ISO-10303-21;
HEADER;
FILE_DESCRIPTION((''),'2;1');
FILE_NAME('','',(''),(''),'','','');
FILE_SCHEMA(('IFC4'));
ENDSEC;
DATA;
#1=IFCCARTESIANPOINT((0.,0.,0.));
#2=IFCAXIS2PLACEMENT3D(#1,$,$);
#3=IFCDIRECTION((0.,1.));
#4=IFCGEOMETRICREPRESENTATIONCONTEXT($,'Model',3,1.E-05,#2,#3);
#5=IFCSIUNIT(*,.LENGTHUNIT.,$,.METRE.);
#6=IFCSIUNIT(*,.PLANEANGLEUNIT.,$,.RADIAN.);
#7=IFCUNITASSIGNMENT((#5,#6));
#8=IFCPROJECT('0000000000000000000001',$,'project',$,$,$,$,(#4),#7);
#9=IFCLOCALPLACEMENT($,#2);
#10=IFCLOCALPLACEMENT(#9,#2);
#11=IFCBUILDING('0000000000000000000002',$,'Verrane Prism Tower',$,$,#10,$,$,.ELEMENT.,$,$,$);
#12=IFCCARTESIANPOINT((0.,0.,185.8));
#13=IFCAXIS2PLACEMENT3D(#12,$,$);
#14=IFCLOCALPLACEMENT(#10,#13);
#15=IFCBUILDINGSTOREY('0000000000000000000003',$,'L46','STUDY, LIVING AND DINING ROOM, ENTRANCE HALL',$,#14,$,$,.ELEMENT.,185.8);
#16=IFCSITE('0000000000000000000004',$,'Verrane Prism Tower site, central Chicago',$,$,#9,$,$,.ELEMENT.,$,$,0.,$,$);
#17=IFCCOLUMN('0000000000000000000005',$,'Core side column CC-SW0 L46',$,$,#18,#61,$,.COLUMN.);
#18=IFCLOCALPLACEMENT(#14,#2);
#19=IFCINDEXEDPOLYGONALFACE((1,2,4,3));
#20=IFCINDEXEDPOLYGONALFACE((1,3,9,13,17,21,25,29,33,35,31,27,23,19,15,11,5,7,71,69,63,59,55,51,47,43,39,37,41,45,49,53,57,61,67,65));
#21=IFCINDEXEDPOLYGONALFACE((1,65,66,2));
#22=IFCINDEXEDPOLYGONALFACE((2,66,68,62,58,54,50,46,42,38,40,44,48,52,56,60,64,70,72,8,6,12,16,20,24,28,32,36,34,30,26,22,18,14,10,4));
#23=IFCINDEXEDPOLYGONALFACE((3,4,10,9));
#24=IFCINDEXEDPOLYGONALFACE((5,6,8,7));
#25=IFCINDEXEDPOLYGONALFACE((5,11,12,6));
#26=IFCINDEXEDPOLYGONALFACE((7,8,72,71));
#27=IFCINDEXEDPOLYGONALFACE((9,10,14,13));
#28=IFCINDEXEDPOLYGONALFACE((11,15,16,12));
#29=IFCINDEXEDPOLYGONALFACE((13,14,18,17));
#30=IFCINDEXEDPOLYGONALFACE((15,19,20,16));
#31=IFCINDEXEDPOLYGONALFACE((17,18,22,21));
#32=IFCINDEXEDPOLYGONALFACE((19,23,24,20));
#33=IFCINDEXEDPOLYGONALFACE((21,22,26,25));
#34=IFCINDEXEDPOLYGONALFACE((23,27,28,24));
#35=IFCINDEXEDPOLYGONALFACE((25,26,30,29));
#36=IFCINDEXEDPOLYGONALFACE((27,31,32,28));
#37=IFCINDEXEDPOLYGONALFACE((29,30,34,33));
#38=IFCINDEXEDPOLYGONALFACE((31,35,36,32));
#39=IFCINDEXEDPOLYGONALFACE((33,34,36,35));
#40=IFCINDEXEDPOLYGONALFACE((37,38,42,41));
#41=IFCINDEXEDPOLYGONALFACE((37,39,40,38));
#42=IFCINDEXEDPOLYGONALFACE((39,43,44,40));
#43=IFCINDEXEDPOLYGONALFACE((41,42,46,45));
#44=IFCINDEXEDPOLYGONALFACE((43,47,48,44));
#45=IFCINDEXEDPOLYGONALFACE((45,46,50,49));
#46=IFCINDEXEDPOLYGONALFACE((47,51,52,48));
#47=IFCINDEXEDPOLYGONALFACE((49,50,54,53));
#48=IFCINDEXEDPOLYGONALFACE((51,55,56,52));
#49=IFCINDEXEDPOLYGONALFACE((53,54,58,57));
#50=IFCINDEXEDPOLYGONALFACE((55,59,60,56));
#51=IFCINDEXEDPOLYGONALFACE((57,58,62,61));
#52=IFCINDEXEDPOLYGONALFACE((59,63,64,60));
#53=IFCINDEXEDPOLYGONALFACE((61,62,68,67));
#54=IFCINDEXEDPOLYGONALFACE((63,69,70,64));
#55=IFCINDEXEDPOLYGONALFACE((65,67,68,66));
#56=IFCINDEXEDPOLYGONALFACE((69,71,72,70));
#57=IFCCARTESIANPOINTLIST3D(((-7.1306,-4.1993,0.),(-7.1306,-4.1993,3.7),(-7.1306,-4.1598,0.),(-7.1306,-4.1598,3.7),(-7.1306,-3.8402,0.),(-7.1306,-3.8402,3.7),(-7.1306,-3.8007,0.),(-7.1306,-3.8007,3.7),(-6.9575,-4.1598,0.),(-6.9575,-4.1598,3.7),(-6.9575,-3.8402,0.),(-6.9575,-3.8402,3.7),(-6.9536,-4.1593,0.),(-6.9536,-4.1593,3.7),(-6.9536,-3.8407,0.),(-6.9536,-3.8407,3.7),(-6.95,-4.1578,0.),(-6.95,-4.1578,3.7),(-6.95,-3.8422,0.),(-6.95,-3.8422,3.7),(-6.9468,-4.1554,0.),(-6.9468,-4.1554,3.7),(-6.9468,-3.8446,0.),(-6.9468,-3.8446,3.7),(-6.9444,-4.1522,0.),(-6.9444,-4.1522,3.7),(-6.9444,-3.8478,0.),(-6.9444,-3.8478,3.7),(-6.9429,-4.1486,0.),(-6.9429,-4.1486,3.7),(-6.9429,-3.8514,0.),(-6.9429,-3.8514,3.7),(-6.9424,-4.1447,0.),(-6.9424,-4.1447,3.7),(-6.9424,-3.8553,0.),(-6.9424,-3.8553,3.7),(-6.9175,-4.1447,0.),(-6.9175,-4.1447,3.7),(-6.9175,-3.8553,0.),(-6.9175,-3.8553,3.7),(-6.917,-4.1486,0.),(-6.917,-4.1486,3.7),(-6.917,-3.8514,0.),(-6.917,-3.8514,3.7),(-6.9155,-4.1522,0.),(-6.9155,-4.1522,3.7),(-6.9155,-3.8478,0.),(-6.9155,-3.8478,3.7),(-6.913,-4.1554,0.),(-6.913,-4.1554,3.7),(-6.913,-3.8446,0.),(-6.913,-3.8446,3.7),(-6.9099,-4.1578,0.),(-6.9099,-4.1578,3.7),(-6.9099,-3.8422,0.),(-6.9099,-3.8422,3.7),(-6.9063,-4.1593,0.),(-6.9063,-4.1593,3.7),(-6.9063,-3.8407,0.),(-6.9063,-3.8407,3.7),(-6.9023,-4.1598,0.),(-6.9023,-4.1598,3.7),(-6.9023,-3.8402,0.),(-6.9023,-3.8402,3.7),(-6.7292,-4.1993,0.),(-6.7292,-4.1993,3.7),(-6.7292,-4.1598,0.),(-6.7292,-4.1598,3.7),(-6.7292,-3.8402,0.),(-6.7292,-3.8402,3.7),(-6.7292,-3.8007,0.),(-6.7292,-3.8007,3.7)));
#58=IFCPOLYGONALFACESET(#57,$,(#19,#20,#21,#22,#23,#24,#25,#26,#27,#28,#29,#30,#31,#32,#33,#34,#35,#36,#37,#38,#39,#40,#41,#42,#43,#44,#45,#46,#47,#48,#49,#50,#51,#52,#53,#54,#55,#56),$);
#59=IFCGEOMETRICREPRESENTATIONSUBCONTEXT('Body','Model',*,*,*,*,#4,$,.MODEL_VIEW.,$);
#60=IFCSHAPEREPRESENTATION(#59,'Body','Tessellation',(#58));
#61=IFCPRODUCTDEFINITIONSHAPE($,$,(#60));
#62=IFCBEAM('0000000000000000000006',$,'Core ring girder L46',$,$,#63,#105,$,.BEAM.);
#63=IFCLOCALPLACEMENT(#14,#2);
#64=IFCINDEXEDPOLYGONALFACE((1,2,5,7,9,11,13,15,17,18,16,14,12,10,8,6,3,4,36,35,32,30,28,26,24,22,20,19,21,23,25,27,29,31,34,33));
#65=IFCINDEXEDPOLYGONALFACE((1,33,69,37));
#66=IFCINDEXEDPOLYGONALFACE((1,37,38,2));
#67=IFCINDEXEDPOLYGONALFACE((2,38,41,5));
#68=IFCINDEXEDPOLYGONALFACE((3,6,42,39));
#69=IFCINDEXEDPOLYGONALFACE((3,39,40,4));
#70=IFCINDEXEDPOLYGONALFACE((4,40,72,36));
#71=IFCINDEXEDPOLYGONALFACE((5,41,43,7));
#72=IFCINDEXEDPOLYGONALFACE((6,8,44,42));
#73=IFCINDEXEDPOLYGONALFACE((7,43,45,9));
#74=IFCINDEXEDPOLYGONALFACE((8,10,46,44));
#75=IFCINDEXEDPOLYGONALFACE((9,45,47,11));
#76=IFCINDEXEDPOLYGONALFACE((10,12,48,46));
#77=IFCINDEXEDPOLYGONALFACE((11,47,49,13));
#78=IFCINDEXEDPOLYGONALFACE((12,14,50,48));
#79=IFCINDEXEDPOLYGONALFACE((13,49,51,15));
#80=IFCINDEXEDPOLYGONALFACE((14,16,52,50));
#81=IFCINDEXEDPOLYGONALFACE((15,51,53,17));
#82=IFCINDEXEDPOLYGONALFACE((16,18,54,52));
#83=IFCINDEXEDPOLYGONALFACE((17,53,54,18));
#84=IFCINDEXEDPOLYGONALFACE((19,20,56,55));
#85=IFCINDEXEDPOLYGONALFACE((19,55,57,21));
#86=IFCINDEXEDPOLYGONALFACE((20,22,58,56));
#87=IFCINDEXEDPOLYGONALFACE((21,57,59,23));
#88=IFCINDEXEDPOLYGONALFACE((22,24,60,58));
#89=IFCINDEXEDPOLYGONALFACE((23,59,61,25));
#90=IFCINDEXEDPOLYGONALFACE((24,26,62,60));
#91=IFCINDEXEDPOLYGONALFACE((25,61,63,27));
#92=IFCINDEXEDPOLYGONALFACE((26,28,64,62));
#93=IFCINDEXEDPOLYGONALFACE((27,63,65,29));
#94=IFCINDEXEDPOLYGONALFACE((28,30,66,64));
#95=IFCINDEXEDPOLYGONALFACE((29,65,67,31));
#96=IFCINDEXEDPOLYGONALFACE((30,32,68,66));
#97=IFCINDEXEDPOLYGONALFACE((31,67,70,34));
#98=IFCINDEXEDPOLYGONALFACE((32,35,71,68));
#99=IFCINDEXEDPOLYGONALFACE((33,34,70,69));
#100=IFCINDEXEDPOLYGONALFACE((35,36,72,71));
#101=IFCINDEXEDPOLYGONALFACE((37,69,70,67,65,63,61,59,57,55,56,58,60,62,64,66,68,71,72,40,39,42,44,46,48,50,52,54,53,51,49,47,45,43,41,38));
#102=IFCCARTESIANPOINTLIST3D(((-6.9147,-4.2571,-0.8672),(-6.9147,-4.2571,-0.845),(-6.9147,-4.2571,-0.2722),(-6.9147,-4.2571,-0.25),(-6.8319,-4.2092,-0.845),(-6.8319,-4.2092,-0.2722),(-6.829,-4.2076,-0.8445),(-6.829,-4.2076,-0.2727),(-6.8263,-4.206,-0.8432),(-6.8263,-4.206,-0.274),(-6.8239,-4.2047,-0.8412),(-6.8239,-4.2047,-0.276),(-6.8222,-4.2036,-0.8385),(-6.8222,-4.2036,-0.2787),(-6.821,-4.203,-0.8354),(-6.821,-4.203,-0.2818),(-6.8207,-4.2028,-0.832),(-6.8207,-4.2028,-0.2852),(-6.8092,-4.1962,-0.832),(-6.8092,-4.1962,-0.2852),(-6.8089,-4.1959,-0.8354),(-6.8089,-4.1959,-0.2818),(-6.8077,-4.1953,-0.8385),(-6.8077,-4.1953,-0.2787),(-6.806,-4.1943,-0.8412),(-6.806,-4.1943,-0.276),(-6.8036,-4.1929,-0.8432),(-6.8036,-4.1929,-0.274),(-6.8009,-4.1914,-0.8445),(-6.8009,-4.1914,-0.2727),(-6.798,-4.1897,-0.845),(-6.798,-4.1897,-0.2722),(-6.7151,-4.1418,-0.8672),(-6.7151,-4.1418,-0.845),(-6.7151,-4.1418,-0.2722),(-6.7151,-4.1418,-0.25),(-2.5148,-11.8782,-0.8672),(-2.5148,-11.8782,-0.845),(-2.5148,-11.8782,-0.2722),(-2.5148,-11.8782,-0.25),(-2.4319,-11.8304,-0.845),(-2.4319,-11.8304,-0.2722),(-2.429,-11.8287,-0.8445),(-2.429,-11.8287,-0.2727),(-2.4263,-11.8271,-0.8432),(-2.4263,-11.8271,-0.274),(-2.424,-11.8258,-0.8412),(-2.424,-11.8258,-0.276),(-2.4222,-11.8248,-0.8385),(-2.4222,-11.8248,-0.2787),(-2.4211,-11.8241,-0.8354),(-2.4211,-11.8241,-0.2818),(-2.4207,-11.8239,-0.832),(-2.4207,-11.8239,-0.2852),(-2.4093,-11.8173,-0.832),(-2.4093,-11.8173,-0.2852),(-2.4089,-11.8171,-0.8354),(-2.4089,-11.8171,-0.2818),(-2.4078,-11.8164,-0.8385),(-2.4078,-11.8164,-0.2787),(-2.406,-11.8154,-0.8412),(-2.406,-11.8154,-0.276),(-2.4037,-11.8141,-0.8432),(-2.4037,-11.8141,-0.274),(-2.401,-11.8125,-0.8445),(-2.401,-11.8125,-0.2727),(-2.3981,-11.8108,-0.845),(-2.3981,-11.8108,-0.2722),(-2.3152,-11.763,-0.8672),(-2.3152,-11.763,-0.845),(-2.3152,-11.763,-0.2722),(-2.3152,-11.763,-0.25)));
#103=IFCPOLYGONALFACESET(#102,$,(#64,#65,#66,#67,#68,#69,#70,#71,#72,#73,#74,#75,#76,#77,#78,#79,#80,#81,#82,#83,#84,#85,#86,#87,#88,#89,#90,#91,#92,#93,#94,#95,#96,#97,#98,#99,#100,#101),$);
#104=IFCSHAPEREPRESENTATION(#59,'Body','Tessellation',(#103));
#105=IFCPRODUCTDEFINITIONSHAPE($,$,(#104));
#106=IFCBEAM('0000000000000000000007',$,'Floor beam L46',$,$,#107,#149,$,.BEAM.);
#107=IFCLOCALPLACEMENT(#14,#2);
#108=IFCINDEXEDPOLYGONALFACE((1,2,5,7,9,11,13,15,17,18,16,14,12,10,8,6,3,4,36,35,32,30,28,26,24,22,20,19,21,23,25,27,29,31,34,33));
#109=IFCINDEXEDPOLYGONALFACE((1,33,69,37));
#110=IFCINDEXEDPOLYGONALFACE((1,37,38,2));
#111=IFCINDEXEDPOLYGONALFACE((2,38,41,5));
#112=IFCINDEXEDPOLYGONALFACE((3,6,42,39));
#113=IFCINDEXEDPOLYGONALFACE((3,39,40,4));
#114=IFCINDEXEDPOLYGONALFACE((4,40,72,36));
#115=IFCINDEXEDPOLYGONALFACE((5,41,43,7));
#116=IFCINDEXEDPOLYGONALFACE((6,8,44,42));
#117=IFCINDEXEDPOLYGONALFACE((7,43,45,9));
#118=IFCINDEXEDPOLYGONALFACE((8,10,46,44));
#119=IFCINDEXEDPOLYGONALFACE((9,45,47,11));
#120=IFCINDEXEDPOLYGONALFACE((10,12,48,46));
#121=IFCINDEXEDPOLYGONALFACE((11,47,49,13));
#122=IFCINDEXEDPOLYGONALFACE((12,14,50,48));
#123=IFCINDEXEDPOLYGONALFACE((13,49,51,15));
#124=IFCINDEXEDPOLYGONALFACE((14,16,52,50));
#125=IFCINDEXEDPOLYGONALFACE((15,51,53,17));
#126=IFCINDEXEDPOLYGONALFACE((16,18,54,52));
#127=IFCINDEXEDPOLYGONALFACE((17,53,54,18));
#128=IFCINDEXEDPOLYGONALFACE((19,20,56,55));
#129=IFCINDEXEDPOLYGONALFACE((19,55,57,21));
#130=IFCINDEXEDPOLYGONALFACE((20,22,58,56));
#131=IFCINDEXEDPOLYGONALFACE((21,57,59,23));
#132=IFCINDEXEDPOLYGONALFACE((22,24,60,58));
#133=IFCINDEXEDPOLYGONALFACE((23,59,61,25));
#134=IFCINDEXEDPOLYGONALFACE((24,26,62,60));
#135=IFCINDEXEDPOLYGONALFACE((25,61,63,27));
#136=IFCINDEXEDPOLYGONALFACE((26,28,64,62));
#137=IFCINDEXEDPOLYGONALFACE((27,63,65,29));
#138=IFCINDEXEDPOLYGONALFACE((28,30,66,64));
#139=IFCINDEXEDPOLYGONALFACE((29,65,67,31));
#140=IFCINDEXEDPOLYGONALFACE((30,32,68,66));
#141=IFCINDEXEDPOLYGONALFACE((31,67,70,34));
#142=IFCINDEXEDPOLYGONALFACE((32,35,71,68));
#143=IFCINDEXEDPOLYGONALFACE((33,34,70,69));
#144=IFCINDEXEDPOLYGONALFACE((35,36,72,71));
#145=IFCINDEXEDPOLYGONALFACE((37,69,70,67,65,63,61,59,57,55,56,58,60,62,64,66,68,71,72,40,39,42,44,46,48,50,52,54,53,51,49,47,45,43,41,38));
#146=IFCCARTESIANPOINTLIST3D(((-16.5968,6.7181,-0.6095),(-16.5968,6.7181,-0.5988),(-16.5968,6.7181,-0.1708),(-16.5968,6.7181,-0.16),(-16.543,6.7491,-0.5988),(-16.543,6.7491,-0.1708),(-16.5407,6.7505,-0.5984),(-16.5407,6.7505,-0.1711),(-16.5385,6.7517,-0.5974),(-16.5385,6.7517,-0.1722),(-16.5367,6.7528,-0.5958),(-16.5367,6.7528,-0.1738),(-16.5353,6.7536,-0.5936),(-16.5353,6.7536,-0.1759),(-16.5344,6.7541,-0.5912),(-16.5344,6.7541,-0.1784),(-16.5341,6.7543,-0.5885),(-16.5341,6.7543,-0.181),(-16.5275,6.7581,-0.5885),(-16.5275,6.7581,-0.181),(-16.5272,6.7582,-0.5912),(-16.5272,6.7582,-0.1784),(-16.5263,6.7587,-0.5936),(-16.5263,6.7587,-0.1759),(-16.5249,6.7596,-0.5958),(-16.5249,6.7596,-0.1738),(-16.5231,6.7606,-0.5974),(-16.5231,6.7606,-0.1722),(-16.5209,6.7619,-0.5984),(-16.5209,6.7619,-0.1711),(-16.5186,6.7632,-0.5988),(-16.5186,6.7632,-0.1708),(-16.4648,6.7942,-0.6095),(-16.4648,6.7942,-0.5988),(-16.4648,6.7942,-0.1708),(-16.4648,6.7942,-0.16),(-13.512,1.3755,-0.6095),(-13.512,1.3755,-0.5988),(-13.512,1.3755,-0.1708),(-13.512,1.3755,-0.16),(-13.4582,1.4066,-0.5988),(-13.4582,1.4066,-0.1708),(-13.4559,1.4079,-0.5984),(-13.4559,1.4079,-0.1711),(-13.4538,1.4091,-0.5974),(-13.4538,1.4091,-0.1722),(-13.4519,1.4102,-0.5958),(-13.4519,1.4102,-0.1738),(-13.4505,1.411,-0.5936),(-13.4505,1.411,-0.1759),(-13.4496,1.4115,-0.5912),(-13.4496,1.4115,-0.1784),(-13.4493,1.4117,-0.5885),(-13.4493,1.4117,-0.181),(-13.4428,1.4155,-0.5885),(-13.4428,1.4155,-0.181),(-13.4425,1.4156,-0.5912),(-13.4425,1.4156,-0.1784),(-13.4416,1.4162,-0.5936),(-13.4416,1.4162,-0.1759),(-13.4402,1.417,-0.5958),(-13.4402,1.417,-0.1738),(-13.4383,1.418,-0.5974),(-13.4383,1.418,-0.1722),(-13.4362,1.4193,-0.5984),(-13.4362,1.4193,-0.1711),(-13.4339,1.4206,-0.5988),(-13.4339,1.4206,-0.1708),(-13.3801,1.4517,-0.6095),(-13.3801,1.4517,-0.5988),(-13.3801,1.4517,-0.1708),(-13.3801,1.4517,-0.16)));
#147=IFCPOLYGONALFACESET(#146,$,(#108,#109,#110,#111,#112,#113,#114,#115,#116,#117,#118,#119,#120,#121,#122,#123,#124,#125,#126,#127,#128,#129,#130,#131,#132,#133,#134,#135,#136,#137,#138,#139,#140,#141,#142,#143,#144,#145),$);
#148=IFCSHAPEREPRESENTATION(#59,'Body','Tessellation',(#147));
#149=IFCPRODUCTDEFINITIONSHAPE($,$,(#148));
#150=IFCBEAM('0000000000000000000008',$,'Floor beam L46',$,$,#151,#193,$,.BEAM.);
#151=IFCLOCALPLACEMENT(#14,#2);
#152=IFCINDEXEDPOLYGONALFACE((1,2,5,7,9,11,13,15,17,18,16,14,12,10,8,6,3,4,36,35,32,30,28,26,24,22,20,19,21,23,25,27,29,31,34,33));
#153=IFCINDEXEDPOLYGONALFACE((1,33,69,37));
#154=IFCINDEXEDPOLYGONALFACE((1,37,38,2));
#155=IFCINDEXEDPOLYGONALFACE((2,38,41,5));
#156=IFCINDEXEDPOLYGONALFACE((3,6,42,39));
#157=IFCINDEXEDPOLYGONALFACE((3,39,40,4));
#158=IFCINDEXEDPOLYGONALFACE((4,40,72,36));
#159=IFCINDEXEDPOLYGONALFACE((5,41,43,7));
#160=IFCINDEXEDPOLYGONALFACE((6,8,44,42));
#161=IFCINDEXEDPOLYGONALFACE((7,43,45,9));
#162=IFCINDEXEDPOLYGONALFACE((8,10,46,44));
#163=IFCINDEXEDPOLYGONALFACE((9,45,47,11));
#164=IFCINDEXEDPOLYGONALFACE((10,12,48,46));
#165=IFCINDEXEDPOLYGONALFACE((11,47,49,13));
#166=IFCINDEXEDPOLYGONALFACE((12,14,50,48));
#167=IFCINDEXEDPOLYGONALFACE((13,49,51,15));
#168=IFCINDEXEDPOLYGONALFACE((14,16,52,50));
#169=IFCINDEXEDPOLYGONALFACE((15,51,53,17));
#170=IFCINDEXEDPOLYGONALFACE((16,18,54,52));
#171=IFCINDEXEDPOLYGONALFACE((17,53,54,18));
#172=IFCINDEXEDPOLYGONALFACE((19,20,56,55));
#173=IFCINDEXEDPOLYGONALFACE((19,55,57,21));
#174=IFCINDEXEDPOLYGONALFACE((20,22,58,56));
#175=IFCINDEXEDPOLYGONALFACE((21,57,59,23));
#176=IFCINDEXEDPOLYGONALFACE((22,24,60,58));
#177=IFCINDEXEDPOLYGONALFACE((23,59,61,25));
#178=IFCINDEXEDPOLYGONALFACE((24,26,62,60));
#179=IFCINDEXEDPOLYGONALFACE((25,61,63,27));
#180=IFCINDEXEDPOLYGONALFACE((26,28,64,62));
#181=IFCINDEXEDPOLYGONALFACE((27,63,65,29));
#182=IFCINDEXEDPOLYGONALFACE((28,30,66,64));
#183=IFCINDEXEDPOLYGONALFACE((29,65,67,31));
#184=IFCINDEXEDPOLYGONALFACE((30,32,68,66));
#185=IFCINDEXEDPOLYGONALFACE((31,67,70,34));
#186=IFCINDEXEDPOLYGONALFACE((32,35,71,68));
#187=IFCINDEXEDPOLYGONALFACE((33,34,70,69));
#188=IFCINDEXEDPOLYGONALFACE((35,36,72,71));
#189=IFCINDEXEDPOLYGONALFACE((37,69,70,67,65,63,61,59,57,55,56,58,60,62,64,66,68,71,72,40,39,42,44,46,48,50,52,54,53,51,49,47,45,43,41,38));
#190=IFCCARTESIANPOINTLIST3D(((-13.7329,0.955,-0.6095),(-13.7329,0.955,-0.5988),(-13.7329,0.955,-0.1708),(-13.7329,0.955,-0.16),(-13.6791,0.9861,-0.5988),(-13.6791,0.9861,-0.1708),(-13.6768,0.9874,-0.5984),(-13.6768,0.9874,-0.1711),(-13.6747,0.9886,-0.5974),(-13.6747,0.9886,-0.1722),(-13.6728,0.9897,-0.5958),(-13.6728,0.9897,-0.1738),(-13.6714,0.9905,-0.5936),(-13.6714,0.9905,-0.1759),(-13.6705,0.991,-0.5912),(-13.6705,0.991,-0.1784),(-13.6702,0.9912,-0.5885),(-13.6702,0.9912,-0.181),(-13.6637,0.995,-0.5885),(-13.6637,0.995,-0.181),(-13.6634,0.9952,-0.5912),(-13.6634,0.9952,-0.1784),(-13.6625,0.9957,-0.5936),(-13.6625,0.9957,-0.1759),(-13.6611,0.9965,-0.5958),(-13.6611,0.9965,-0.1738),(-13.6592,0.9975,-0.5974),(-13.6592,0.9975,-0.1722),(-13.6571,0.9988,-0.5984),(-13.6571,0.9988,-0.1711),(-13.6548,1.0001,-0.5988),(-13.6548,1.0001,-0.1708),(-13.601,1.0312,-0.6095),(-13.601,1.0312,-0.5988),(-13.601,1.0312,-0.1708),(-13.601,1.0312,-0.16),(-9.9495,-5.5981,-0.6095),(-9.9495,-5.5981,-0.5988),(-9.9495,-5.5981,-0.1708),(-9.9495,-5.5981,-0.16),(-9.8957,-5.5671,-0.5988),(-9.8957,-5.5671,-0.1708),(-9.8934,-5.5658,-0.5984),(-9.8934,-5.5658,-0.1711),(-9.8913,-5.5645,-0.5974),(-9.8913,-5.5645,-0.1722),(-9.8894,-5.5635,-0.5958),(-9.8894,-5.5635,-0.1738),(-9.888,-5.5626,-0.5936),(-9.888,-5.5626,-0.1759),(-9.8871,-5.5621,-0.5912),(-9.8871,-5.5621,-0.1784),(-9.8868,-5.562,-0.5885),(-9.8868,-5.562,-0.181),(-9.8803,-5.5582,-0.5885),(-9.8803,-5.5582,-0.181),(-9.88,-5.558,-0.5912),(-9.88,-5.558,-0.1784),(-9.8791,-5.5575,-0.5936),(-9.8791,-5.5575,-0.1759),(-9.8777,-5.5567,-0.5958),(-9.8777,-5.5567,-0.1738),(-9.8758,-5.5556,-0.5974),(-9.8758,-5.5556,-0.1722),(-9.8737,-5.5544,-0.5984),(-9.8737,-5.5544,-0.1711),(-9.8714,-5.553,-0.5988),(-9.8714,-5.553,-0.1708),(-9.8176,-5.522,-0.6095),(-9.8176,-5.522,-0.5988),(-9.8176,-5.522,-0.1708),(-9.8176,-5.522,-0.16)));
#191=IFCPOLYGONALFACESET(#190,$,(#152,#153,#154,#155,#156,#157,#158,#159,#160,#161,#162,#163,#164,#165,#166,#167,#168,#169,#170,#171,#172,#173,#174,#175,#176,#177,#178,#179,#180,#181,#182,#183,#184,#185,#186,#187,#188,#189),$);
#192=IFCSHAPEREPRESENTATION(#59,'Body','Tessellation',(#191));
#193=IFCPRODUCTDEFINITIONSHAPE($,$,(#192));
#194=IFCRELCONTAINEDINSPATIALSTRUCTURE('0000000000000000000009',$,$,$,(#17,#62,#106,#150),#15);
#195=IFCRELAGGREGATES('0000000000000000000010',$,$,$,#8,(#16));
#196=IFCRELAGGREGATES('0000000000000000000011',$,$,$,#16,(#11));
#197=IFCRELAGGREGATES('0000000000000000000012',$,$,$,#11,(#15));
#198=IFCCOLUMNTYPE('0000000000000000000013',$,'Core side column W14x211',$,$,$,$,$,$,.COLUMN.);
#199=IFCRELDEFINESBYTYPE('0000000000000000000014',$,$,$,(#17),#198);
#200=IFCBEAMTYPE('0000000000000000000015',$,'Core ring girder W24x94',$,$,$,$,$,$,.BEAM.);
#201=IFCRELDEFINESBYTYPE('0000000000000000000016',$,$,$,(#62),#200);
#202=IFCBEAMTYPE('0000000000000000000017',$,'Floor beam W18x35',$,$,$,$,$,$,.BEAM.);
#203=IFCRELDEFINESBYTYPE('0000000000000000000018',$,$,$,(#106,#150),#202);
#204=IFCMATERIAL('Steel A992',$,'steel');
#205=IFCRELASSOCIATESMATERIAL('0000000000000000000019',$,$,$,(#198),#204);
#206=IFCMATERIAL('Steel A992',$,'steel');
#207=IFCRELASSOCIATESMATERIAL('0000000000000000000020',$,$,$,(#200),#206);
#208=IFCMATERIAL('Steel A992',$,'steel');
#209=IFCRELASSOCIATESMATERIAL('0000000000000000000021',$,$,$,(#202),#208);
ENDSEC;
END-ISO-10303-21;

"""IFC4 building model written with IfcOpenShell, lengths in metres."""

from ifc_helpers import new_model, si_unit, direction, frame, origin, origin_2d, place, context, subcontext, project, spatial, i_section, extrude, material, material_profile, profile_set, type_object, element, save


model = new_model("IFC4")

# Units and contexts
model_context = context("Model", 3, precision=1e-05, world=origin(), true_north=direction((0.0, 1.0)))
body_context = subcontext(model_context, "Body", "Model", "MODEL_VIEW")
ifc_project = project(units=[si_unit("LENGTHUNIT", "METRE"), si_unit("PLANEANGLEUNIT", "RADIAN")], contexts=[model_context])

# Site, building, storey
site_placement = place(None, origin())
site = spatial("IfcSite", under=ifc_project, at=site_placement, Name="Verrane Prism Tower site, central Chicago", CompositionType="ELEMENT", RefElevation=0.0)
building_placement = place(site_placement, origin())
building = spatial("IfcBuilding", under=site, at=building_placement, Name="Verrane Prism Tower", CompositionType="ELEMENT")
storey_placement = place(building_placement, frame((0.0, 0.0, 185.8)))
storey = spatial("IfcBuildingStorey", under=building, at=storey_placement, Name="L46", Description="STUDY, LIVING AND DINING ROOM, ENTRANCE HALL", CompositionType="ELEMENT", Elevation=185.8)

# Column
ifc_material_1 = material(Name="Steel A992", Category="steel")
ifc_material_profile_1 = material_profile(ifc_material_1, i_section(OverallWidth=0.4014, OverallDepth=0.3987, WebThickness=0.0249, FlangeThickness=0.0396, FilletRadius=0.0151, at=origin_2d()), Name="W14x211")
ifc_profile_set_1 = profile_set([ifc_material_profile_1], Name="Steel A992")
column_type = type_object("IfcColumnType", Name="Core side column W14x211", PredefinedType="COLUMN", material=ifc_profile_set_1)
column_placement = place(storey_placement, frame((-6.9299, -4.0, 0.0), z_axis=(0.0, 0.0, 1.0), x_axis=(1.0, 0.0, 0.0)))
element("IfcColumn", 1, at=column_placement, inside=storey, type_object=column_type, Name="Core side column CC-SW0 L46", PredefinedType="COLUMN", context=body_context, shape_type="SweptSolid", body=[
    extrude(i_section(OverallWidth=0.4014, OverallDepth=0.3987, WebThickness=0.0249, FlangeThickness=0.0396, FilletRadius=0.0151, at=origin_2d()), origin(), (0.0, 0.0, 1.0), 3.7),
])

# Beams
ifc_material_2 = material(Name="Steel A992", Category="steel")
ifc_material_profile_2 = material_profile(ifc_material_2, i_section(OverallWidth=0.2305, OverallDepth=0.6172, WebThickness=0.0132, FlangeThickness=0.0222, FilletRadius=0.0129, at=origin_2d()), Name="W24x94")
ifc_profile_set_2 = profile_set([ifc_material_profile_2], Name="Steel A992")
beam_type_1 = type_object("IfcBeamType", Name="Core ring girder W24x94", PredefinedType="BEAM", material=ifc_profile_set_2)
beam_1_placement = place(storey_placement, frame((-6.8149, -4.1995, -0.5586), z_axis=(0.499988, -0.866032, 0.0), x_axis=(0.866032, 0.499988, 0.0)))
element("IfcBeam", 2, at=beam_1_placement, inside=storey, type_object=beam_type_1, Name="Core ring girder L46", PredefinedType="BEAM", context=body_context, shape_type="SweptSolid", body=[
    extrude(i_section(OverallWidth=0.2305, OverallDepth=0.6172, WebThickness=0.0132, FlangeThickness=0.0222, FilletRadius=0.0129, at=origin_2d()), origin(), (0.0, 0.0, 1.0), 8.8),
])
ifc_material_3 = material(Name="Steel A992", Category="steel")
ifc_material_profile_3 = material_profile(ifc_material_3, i_section(OverallWidth=0.1523, OverallDepth=0.4495, WebThickness=0.0076, FlangeThickness=0.0107, FilletRadius=0.0103, at=origin_2d()), Name="W18x35")
ifc_profile_set_3 = profile_set([ifc_material_profile_3], Name="Steel A992")
beam_type_2 = type_object("IfcBeamType", Name="Floor beam W18x35", PredefinedType="BEAM", material=ifc_profile_set_3)
beam_2_placement = place(storey_placement, frame((-13.446, 1.4136, -0.3848), z_axis=(-0.500025, 0.866011, 0.0), x_axis=(-0.866011, -0.500025, 0.0)))
element("IfcBeam", 3, at=beam_2_placement, inside=storey, type_object=beam_type_2, Name="Floor beam L46", PredefinedType="BEAM", context=body_context, shape_type="SweptSolid", body=[
    extrude(i_section(OverallWidth=0.1523, OverallDepth=0.4495, WebThickness=0.0076, FlangeThickness=0.0107, FilletRadius=0.0103, at=origin_2d()), origin(), (0.0, 0.0, 1.0), 6.1692),
])
beam_3_placement = place(storey_placement, frame((-9.8835, -5.5601, -0.3848), z_axis=(-0.499994, 0.866029, 0.0), x_axis=(-0.866029, -0.499994, 0.0)))
element("IfcBeam", 4, at=beam_3_placement, inside=storey, type_object=beam_type_2, Name="Floor beam L46", PredefinedType="BEAM", context=body_context, shape_type="SweptSolid", body=[
    extrude(i_section(OverallWidth=0.1523, OverallDepth=0.4495, WebThickness=0.0076, FlangeThickness=0.0107, FilletRadius=0.0103, at=origin_2d()), origin(), (0.0, 0.0, 1.0), 7.5669),
])

save(model, "model.ifc")
